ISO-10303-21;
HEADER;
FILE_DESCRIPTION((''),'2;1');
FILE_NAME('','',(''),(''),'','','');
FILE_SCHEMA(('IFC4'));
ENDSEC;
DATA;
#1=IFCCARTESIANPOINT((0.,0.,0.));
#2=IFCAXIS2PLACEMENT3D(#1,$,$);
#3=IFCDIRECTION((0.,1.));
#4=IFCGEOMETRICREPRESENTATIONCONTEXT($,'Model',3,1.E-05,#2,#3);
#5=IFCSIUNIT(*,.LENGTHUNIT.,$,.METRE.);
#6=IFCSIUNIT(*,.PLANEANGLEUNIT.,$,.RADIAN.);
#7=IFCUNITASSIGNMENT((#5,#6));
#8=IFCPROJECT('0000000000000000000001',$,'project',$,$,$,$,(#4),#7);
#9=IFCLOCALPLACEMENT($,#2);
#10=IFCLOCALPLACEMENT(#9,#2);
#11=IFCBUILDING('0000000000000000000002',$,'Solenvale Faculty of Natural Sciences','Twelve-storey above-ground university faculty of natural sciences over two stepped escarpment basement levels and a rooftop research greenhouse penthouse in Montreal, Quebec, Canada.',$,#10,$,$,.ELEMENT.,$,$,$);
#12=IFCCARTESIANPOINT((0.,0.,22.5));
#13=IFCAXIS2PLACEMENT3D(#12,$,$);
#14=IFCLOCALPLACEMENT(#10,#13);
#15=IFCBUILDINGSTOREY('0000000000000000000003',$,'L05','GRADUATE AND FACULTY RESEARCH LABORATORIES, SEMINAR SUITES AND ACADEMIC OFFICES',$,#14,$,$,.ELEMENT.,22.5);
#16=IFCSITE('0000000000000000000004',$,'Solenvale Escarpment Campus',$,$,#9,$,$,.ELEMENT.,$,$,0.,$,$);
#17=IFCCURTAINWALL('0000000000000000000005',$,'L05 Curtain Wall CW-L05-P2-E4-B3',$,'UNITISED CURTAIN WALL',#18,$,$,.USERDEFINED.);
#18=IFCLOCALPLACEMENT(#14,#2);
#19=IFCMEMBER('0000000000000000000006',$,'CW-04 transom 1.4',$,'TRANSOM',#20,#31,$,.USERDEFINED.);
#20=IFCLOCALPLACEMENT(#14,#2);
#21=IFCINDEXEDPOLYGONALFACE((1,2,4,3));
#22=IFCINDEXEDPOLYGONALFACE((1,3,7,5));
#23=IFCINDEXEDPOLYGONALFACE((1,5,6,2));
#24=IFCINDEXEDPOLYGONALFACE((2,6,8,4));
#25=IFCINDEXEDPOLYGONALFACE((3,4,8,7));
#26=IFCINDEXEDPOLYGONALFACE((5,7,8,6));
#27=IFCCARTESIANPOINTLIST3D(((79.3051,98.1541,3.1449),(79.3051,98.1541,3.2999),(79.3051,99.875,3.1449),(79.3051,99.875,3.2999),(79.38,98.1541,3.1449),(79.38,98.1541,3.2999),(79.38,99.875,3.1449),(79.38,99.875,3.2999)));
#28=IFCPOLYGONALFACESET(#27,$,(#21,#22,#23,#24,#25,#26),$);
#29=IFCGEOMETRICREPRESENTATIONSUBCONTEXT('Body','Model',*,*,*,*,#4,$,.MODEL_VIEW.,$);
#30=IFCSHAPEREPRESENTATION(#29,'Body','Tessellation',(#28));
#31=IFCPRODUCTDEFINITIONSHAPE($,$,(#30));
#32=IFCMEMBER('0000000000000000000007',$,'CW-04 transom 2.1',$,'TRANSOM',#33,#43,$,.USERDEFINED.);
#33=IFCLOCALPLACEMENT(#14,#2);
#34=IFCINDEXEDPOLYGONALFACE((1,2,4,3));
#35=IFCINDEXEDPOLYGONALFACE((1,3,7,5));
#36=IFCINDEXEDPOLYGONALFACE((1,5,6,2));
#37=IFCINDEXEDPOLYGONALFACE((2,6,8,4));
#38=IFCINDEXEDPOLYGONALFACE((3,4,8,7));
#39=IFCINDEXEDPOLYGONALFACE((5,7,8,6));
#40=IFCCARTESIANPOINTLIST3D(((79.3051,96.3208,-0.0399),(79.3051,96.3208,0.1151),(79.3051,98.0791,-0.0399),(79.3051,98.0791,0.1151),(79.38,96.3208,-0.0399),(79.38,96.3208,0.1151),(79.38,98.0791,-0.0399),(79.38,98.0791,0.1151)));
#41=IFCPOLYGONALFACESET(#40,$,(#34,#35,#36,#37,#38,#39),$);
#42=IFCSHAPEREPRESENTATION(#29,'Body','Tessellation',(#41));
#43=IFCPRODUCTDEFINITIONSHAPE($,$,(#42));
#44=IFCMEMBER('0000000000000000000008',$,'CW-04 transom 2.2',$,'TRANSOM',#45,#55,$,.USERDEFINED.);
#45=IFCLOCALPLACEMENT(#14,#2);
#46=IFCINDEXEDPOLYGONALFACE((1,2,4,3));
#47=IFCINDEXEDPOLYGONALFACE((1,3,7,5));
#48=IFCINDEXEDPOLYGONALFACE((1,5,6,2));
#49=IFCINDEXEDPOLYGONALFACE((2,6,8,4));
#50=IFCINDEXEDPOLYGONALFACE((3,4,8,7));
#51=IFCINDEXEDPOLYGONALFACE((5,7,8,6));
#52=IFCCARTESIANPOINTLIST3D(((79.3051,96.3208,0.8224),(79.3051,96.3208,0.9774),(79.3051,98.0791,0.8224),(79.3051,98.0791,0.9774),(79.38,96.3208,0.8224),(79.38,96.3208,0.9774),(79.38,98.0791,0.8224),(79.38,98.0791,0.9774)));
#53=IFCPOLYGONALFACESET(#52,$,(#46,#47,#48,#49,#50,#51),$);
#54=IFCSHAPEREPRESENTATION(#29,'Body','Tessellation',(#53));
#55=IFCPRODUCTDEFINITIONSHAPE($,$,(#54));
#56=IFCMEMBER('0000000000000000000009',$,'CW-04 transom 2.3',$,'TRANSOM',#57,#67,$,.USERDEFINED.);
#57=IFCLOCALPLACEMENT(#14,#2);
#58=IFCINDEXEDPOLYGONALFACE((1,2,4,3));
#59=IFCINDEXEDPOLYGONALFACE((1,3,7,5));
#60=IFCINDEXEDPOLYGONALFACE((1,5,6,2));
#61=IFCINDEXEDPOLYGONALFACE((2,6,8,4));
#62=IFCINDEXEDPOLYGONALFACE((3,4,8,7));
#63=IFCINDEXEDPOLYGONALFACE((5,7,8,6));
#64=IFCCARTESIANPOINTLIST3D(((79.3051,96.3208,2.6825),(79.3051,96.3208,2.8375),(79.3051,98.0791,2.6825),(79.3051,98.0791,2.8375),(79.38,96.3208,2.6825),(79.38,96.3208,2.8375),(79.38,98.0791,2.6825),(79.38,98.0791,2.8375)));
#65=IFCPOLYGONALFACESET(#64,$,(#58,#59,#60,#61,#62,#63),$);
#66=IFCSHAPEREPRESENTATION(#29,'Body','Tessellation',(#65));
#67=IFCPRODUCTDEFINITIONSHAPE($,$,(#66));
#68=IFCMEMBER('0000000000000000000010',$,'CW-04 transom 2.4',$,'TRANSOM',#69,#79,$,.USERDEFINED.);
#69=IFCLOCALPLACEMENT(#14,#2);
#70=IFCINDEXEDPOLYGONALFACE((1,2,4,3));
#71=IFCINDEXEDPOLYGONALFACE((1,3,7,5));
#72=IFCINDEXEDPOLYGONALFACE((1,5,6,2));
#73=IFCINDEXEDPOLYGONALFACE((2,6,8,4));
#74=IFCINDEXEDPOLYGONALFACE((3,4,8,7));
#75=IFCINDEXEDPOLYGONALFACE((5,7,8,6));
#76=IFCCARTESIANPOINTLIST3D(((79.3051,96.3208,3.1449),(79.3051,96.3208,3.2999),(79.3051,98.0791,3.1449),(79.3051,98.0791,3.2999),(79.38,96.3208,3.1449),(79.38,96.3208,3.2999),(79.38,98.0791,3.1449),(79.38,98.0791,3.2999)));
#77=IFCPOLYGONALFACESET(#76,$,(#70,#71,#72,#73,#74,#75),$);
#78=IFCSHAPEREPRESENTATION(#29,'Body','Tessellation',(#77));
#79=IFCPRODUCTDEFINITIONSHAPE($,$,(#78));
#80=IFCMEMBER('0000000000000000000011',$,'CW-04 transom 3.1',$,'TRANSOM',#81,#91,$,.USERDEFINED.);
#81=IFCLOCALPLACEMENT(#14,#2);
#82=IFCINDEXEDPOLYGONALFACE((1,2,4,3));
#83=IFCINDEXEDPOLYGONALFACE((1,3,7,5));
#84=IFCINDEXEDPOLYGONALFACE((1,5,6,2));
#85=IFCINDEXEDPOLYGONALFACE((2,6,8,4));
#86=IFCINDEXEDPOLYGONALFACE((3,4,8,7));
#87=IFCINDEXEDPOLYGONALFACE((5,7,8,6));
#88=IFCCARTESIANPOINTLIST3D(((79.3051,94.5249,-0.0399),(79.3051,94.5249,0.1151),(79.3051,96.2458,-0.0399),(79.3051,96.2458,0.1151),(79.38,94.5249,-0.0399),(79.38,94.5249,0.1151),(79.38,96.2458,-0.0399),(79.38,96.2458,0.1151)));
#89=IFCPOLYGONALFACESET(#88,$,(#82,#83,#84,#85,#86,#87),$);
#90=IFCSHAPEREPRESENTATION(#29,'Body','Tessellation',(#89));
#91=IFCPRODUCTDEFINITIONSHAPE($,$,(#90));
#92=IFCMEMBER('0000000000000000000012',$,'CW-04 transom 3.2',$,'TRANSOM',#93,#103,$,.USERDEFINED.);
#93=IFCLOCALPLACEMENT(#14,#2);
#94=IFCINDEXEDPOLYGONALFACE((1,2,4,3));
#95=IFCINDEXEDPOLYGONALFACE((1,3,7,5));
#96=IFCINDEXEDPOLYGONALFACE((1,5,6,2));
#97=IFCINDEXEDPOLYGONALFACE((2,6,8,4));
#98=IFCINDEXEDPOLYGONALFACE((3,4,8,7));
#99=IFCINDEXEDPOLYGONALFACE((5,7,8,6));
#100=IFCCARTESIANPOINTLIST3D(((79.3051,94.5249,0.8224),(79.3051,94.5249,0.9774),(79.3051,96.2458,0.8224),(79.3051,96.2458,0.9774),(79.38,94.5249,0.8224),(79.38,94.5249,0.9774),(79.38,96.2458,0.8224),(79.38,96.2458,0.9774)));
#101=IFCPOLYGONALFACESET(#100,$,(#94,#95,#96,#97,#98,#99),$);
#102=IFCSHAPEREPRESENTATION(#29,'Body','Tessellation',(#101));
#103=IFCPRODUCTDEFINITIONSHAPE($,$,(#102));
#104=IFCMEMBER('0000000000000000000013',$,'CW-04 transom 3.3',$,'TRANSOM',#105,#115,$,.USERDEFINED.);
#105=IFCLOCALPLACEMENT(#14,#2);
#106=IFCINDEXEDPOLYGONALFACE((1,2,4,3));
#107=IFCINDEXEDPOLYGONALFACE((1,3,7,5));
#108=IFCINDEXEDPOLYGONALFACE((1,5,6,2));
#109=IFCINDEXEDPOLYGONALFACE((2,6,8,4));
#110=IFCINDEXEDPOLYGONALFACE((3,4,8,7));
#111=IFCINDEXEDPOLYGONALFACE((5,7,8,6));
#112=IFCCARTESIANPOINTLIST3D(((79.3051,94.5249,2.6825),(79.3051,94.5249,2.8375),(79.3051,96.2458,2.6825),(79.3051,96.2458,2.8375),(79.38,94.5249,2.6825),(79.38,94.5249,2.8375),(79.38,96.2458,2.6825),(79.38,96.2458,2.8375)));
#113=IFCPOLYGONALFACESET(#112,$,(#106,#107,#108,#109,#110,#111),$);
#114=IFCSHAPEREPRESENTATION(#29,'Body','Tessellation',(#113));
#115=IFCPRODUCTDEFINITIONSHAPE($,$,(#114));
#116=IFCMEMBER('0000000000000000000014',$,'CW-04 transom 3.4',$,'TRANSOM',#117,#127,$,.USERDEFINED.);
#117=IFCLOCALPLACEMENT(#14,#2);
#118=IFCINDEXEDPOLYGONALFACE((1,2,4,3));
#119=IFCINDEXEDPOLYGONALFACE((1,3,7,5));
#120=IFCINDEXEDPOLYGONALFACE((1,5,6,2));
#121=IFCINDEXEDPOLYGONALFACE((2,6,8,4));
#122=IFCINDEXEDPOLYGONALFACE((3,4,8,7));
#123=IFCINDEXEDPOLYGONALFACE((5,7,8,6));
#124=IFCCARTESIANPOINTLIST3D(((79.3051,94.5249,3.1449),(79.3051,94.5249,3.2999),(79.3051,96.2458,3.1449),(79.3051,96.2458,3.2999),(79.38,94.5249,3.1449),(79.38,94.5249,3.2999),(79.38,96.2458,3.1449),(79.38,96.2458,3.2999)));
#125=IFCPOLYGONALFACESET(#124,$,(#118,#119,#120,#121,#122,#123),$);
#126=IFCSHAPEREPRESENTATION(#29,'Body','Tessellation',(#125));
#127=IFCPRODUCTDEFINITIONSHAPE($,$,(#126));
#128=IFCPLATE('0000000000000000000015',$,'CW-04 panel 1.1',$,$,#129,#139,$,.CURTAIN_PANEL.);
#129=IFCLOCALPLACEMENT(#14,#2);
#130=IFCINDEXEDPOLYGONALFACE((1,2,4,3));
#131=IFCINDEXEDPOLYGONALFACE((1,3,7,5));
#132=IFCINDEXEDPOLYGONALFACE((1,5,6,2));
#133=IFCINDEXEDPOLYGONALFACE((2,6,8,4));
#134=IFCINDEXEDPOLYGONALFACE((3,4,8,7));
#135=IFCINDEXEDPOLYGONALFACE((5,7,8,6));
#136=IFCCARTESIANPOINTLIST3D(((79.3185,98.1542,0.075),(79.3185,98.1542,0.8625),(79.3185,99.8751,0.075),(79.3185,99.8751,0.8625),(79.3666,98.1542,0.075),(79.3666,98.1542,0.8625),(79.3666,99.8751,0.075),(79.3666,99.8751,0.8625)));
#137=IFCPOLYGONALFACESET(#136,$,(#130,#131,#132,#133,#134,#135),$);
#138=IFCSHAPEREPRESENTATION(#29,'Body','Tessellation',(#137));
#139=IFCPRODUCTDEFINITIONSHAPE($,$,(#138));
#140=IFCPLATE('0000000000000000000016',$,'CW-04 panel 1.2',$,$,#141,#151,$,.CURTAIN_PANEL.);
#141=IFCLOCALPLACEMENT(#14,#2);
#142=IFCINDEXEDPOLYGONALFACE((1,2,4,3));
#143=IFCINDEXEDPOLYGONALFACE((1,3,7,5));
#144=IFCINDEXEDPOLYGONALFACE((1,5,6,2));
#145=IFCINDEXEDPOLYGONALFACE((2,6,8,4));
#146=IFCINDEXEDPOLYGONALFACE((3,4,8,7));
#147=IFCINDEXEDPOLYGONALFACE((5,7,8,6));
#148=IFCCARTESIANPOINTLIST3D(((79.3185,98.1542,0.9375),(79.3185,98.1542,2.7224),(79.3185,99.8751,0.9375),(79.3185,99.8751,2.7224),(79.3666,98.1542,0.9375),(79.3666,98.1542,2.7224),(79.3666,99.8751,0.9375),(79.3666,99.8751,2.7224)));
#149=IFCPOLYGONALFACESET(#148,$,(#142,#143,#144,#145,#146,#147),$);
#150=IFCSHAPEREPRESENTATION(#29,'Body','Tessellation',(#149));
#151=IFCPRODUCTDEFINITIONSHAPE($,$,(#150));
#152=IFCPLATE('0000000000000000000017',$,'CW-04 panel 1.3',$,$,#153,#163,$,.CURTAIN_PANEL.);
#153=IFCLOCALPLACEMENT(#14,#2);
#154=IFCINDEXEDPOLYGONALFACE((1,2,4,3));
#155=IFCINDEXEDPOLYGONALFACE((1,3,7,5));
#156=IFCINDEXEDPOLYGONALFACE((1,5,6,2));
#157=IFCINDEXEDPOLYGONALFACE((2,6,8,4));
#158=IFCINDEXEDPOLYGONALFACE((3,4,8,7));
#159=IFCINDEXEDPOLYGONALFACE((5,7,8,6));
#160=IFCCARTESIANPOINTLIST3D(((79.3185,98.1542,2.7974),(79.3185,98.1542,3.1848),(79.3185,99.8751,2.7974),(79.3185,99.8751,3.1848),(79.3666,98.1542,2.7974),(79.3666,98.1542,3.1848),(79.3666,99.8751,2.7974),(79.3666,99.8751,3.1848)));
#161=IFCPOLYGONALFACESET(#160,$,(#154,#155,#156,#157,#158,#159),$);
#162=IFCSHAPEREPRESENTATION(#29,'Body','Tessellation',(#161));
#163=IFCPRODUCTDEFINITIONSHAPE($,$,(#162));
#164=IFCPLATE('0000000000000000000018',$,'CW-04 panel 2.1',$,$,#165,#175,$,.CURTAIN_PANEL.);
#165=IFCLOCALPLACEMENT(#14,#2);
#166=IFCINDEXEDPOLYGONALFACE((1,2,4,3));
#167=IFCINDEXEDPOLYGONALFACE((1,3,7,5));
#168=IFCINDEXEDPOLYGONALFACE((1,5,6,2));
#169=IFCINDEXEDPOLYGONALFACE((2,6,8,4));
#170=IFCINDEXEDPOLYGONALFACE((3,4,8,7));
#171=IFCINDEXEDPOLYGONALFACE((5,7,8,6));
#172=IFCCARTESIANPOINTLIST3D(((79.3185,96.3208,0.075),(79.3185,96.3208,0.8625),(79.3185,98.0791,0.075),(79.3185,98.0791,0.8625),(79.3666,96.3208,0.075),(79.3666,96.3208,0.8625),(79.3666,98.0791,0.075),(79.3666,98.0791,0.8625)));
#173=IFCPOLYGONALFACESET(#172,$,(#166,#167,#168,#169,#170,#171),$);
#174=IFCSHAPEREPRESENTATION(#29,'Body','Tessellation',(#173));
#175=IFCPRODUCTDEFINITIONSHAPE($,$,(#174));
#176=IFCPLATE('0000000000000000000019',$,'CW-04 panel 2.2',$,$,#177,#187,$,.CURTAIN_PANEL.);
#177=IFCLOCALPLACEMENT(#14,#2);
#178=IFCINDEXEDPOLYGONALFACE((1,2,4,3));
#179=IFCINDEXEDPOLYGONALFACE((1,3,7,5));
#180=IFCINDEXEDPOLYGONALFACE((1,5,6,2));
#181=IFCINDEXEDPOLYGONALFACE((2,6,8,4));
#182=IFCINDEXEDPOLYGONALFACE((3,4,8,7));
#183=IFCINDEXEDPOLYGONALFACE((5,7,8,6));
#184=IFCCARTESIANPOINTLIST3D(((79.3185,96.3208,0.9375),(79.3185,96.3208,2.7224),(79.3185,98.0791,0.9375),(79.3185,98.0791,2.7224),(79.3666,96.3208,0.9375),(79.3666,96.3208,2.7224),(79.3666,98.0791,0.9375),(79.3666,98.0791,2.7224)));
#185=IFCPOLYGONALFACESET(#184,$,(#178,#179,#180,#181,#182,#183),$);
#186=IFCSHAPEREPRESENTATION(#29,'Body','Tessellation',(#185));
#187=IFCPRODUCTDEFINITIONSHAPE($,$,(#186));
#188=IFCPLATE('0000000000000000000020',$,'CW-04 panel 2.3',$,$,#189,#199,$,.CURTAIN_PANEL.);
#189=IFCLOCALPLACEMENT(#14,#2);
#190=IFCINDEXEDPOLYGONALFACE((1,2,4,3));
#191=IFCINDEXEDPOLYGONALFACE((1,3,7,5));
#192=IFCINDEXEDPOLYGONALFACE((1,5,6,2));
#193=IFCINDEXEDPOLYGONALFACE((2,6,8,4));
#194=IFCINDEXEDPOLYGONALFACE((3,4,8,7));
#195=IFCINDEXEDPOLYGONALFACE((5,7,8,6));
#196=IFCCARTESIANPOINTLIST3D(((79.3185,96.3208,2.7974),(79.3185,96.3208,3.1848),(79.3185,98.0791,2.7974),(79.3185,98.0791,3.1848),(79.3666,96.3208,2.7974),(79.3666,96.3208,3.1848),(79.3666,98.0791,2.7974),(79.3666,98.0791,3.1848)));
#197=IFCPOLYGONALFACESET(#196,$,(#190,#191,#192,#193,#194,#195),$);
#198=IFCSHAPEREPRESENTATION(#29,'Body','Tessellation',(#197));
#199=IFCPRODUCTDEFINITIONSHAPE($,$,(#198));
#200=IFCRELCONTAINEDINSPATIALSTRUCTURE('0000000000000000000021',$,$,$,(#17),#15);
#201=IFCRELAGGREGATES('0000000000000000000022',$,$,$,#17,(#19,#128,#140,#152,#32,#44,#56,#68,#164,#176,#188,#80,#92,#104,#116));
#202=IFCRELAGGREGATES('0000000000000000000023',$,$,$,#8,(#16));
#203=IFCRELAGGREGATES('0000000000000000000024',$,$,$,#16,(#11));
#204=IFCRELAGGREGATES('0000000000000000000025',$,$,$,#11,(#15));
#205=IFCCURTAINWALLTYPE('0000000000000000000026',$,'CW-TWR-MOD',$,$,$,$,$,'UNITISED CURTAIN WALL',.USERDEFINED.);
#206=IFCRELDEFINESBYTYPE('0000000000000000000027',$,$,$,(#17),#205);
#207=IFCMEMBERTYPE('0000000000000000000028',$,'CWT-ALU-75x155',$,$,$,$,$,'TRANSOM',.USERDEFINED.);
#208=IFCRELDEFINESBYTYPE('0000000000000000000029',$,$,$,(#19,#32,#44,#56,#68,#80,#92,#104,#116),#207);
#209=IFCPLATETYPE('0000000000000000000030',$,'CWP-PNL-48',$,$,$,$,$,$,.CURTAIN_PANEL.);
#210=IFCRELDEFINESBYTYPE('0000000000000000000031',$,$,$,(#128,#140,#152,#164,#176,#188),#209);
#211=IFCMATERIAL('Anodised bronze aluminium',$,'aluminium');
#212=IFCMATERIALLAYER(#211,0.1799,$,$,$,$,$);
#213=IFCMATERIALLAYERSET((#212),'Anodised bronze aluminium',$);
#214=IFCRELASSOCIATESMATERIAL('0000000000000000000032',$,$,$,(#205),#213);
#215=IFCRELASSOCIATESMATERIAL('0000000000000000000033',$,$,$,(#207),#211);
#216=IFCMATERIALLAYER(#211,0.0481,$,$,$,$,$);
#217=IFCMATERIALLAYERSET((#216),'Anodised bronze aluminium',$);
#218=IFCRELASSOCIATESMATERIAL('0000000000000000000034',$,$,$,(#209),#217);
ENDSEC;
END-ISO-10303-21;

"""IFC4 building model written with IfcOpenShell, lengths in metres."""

from ifc_helpers import new_model, si_unit, direction, frame, origin, origin_2d, place, context, subcontext, project, spatial, rectangle, extrude, material, layer, layer_set, material_profile, profile_set, type_object, element, aggregate, save


model = new_model("IFC4")

# Units and contexts
model_context = context("Model", 3, precision=1e-05, world=origin(), true_north=direction((0.0, 1.0)))
body_context = subcontext(model_context, "Body", "Model", "MODEL_VIEW")
ifc_project = project(units=[si_unit("LENGTHUNIT", "METRE"), si_unit("PLANEANGLEUNIT", "RADIAN")], contexts=[model_context])

# Site, building, storey
site_placement = place(None, origin())
site = spatial("IfcSite", under=ifc_project, at=site_placement, Name="Solenvale Escarpment Campus", CompositionType="ELEMENT", RefElevation=0.0)
building_placement = place(site_placement, origin())
building = spatial("IfcBuilding", under=site, at=building_placement, Name="Solenvale Faculty of Natural Sciences", Description="Twelve-storey above-ground university faculty of natural sciences over two stepped escarpment basement levels and a rooftop research greenhouse penthouse in Montreal, Quebec, Canada.", CompositionType="ELEMENT")
storey_placement = place(building_placement, frame((0.0, 0.0, 22.5)))
storey = spatial("IfcBuildingStorey", under=building, at=storey_placement, Name="L05", Description="GRADUATE AND FACULTY RESEARCH LABORATORIES, SEMINAR SUITES AND ACADEMIC OFFICES", CompositionType="ELEMENT", Elevation=22.5)

# Curtain wall, members, plates
ifc_material_1 = material(Name="Anodised bronze aluminium", Category="aluminium")
ifc_layer_1 = layer(ifc_material_1, 0.1799)
ifc_layer_set_1 = layer_set([ifc_layer_1], Name="Anodised bronze aluminium")
curtain_wall_type = type_object("IfcCurtainWallType", Name="CW-TWR-MOD", ElementType="UNITISED CURTAIN WALL", PredefinedType="USERDEFINED", material=ifc_layer_set_1)
curtain_wall_placement = place(storey_placement, origin())
curtain_wall = element("IfcCurtainWall", 1, at=curtain_wall_placement, inside=storey, type_object=curtain_wall_type, Name="L05 Curtain Wall CW-L05-P2-E4-B3", ObjectType="UNITISED CURTAIN WALL", PredefinedType="USERDEFINED")
ifc_material_profile_1 = material_profile(ifc_material_1, rectangle(XDim=0.075, YDim=0.155, at=origin_2d()), Name="ALU-TRN-75x155")
ifc_profile_set_1 = profile_set([ifc_material_profile_1], Name="Anodised bronze aluminium")
member_type_1 = type_object("IfcMemberType", Name="CWT-ALU-75x155", ElementType="TRANSOM", PredefinedType="USERDEFINED", material=ifc_profile_set_1)
member_1_placement = place(storey_placement, frame((79.3425, 99.875, 3.2224), z_axis=(0.0, -1.0, 0.0), x_axis=(1.0, 0.0, 0.0)))
member_1 = element("IfcMember", 2, at=member_1_placement, type_object=member_type_1, Name="CW-04 transom 1.4", ObjectType="TRANSOM", PredefinedType="USERDEFINED", context=body_context, shape_type="SweptSolid", body=[
    extrude(rectangle(XDim=0.075, YDim=0.155, at=origin_2d()), origin(), (0.0, 0.0, 1.0), 1.7209),
])
member_2_placement = place(storey_placement, frame((79.3425, 98.0791, 0.0376), z_axis=(0.0, -1.0, 0.0), x_axis=(1.0, 0.0, 0.0)))
member_2 = element("IfcMember", 3, at=member_2_placement, type_object=member_type_1, Name="CW-04 transom 2.1", ObjectType="TRANSOM", PredefinedType="USERDEFINED", context=body_context, shape_type="SweptSolid", body=[
    extrude(rectangle(XDim=0.075, YDim=0.155, at=origin_2d()), origin(), (0.0, 0.0, 1.0), 1.7583),
])
member_3_placement = place(storey_placement, frame((79.3425, 98.0791, 0.8999), z_axis=(0.0, -1.0, 0.0), x_axis=(1.0, 0.0, 0.0)))
member_3 = element("IfcMember", 4, at=member_3_placement, type_object=member_type_1, Name="CW-04 transom 2.2", ObjectType="TRANSOM", PredefinedType="USERDEFINED", context=body_context, shape_type="SweptSolid", body=[
    extrude(rectangle(XDim=0.075, YDim=0.155, at=origin_2d()), origin(), (0.0, 0.0, 1.0), 1.7583),
])
member_4_placement = place(storey_placement, frame((79.3425, 98.0791, 2.76), z_axis=(0.0, -1.0, 0.0), x_axis=(1.0, 0.0, 0.0)))
member_4 = element("IfcMember", 5, at=member_4_placement, type_object=member_type_1, Name="CW-04 transom 2.3", ObjectType="TRANSOM", PredefinedType="USERDEFINED", context=body_context, shape_type="SweptSolid", body=[
    extrude(rectangle(XDim=0.075, YDim=0.155, at=origin_2d()), origin(), (0.0, 0.0, 1.0), 1.7583),
])
member_5_placement = place(storey_placement, frame((79.3425, 98.0791, 3.2224), z_axis=(0.0, -1.0, 0.0), x_axis=(1.0, 0.0, 0.0)))
member_5 = element("IfcMember", 6, at=member_5_placement, type_object=member_type_1, Name="CW-04 transom 2.4", ObjectType="TRANSOM", PredefinedType="USERDEFINED", context=body_context, shape_type="SweptSolid", body=[
    extrude(rectangle(XDim=0.075, YDim=0.155, at=origin_2d()), origin(), (0.0, 0.0, 1.0), 1.7583),
])
member_6_placement = place(storey_placement, frame((79.3425, 96.2458, 0.0376), z_axis=(0.0, -1.0, 0.0), x_axis=(1.0, 0.0, 0.0)))
member_6 = element("IfcMember", 7, at=member_6_placement, type_object=member_type_1, Name="CW-04 transom 3.1", ObjectType="TRANSOM", PredefinedType="USERDEFINED", context=body_context, shape_type="SweptSolid", body=[
    extrude(rectangle(XDim=0.075, YDim=0.155, at=origin_2d()), origin(), (0.0, 0.0, 1.0), 1.7209),
])
member_7_placement = place(storey_placement, frame((79.3425, 96.2458, 0.8999), z_axis=(0.0, -1.0, 0.0), x_axis=(1.0, 0.0, 0.0)))
member_7 = element("IfcMember", 8, at=member_7_placement, type_object=member_type_1, Name="CW-04 transom 3.2", ObjectType="TRANSOM", PredefinedType="USERDEFINED", context=body_context, shape_type="SweptSolid", body=[
    extrude(rectangle(XDim=0.075, YDim=0.155, at=origin_2d()), origin(), (0.0, 0.0, 1.0), 1.7209),
])
member_8_placement = place(storey_placement, frame((79.3425, 96.2458, 2.76), z_axis=(0.0, -1.0, 0.0), x_axis=(1.0, 0.0, 0.0)))
member_8 = element("IfcMember", 9, at=member_8_placement, type_object=member_type_1, Name="CW-04 transom 3.3", ObjectType="TRANSOM", PredefinedType="USERDEFINED", context=body_context, shape_type="SweptSolid", body=[
    extrude(rectangle(XDim=0.075, YDim=0.155, at=origin_2d()), origin(), (0.0, 0.0, 1.0), 1.7209),
])
member_9_placement = place(storey_placement, frame((79.3425, 96.2458, 3.2224), z_axis=(0.0, -1.0, 0.0), x_axis=(1.0, 0.0, 0.0)))
member_9 = element("IfcMember", 10, at=member_9_placement, type_object=member_type_1, Name="CW-04 transom 3.4", ObjectType="TRANSOM", PredefinedType="USERDEFINED", context=body_context, shape_type="SweptSolid", body=[
    extrude(rectangle(XDim=0.075, YDim=0.155, at=origin_2d()), origin(), (0.0, 0.0, 1.0), 1.7209),
])
ifc_layer_2 = layer(ifc_material_1, 0.0481)
ifc_layer_set_2 = layer_set([ifc_layer_2], Name="Anodised bronze aluminium")
plate_type = type_object("IfcPlateType", Name="CWP-PNL-48", PredefinedType="CURTAIN_PANEL", material=ifc_layer_set_2)
plate_1_placement = place(storey_placement, frame((79.3425, 99.0146, 0.075), z_axis=(0.0, 0.0, 1.0), x_axis=(0.0, -1.0, 0.0)))
plate_1 = element("IfcPlate", 11, at=plate_1_placement, type_object=plate_type, Name="CW-04 panel 1.1", PredefinedType="CURTAIN_PANEL", context=body_context, shape_type="SweptSolid", body=[
    extrude(rectangle(XDim=1.7209, YDim=0.0481, at=origin_2d()), origin(), (0.0, 0.0, 1.0), 0.7876),
])
plate_2_placement = place(storey_placement, frame((79.3425, 99.0146, 0.9375), z_axis=(0.0, 0.0, 1.0), x_axis=(0.0, -1.0, 0.0)))
plate_2 = element("IfcPlate", 12, at=plate_2_placement, type_object=plate_type, Name="CW-04 panel 1.2", PredefinedType="CURTAIN_PANEL", context=body_context, shape_type="SweptSolid", body=[
    extrude(rectangle(XDim=1.7209, YDim=0.0481, at=origin_2d()), origin(), (0.0, 0.0, 1.0), 1.7849),
])
plate_3_placement = place(storey_placement, frame((79.3425, 99.0146, 2.7974), z_axis=(0.0, 0.0, 1.0), x_axis=(0.0, -1.0, 0.0)))
plate_3 = element("IfcPlate", 13, at=plate_3_placement, type_object=plate_type, Name="CW-04 panel 1.3", PredefinedType="CURTAIN_PANEL", context=body_context, shape_type="SweptSolid", body=[
    extrude(rectangle(XDim=1.7209, YDim=0.0481, at=origin_2d()), origin(), (0.0, 0.0, 1.0), 0.3875),
])
plate_4_placement = place(storey_placement, frame((79.3425, 97.2, 0.075), z_axis=(0.0, 0.0, 1.0), x_axis=(0.0, -1.0, 0.0)))
plate_4 = element("IfcPlate", 14, at=plate_4_placement, type_object=plate_type, Name="CW-04 panel 2.1", PredefinedType="CURTAIN_PANEL", context=body_context, shape_type="SweptSolid", body=[
    extrude(rectangle(XDim=1.7583, YDim=0.0481, at=origin_2d()), origin(), (0.0, 0.0, 1.0), 0.7876),
])
plate_5_placement = place(storey_placement, frame((79.3425, 97.2, 0.9375), z_axis=(0.0, 0.0, 1.0), x_axis=(0.0, -1.0, 0.0)))
plate_5 = element("IfcPlate", 15, at=plate_5_placement, type_object=plate_type, Name="CW-04 panel 2.2", PredefinedType="CURTAIN_PANEL", context=body_context, shape_type="SweptSolid", body=[
    extrude(rectangle(XDim=1.7583, YDim=0.0481, at=origin_2d()), origin(), (0.0, 0.0, 1.0), 1.7849),
])
plate_6_placement = place(storey_placement, frame((79.3425, 97.2, 2.7974), z_axis=(0.0, 0.0, 1.0), x_axis=(0.0, -1.0, 0.0)))
plate_6 = element("IfcPlate", 16, at=plate_6_placement, type_object=plate_type, Name="CW-04 panel 2.3", PredefinedType="CURTAIN_PANEL", context=body_context, shape_type="SweptSolid", body=[
    extrude(rectangle(XDim=1.7583, YDim=0.0481, at=origin_2d()), origin(), (0.0, 0.0, 1.0), 0.3875),
])
aggregate(curtain_wall, [member_1, plate_1, plate_2, plate_3, member_2, member_3, member_4, member_5, plate_4, plate_5, plate_6, member_6, member_7, member_8, member_9])

save(model, "model.ifc")
